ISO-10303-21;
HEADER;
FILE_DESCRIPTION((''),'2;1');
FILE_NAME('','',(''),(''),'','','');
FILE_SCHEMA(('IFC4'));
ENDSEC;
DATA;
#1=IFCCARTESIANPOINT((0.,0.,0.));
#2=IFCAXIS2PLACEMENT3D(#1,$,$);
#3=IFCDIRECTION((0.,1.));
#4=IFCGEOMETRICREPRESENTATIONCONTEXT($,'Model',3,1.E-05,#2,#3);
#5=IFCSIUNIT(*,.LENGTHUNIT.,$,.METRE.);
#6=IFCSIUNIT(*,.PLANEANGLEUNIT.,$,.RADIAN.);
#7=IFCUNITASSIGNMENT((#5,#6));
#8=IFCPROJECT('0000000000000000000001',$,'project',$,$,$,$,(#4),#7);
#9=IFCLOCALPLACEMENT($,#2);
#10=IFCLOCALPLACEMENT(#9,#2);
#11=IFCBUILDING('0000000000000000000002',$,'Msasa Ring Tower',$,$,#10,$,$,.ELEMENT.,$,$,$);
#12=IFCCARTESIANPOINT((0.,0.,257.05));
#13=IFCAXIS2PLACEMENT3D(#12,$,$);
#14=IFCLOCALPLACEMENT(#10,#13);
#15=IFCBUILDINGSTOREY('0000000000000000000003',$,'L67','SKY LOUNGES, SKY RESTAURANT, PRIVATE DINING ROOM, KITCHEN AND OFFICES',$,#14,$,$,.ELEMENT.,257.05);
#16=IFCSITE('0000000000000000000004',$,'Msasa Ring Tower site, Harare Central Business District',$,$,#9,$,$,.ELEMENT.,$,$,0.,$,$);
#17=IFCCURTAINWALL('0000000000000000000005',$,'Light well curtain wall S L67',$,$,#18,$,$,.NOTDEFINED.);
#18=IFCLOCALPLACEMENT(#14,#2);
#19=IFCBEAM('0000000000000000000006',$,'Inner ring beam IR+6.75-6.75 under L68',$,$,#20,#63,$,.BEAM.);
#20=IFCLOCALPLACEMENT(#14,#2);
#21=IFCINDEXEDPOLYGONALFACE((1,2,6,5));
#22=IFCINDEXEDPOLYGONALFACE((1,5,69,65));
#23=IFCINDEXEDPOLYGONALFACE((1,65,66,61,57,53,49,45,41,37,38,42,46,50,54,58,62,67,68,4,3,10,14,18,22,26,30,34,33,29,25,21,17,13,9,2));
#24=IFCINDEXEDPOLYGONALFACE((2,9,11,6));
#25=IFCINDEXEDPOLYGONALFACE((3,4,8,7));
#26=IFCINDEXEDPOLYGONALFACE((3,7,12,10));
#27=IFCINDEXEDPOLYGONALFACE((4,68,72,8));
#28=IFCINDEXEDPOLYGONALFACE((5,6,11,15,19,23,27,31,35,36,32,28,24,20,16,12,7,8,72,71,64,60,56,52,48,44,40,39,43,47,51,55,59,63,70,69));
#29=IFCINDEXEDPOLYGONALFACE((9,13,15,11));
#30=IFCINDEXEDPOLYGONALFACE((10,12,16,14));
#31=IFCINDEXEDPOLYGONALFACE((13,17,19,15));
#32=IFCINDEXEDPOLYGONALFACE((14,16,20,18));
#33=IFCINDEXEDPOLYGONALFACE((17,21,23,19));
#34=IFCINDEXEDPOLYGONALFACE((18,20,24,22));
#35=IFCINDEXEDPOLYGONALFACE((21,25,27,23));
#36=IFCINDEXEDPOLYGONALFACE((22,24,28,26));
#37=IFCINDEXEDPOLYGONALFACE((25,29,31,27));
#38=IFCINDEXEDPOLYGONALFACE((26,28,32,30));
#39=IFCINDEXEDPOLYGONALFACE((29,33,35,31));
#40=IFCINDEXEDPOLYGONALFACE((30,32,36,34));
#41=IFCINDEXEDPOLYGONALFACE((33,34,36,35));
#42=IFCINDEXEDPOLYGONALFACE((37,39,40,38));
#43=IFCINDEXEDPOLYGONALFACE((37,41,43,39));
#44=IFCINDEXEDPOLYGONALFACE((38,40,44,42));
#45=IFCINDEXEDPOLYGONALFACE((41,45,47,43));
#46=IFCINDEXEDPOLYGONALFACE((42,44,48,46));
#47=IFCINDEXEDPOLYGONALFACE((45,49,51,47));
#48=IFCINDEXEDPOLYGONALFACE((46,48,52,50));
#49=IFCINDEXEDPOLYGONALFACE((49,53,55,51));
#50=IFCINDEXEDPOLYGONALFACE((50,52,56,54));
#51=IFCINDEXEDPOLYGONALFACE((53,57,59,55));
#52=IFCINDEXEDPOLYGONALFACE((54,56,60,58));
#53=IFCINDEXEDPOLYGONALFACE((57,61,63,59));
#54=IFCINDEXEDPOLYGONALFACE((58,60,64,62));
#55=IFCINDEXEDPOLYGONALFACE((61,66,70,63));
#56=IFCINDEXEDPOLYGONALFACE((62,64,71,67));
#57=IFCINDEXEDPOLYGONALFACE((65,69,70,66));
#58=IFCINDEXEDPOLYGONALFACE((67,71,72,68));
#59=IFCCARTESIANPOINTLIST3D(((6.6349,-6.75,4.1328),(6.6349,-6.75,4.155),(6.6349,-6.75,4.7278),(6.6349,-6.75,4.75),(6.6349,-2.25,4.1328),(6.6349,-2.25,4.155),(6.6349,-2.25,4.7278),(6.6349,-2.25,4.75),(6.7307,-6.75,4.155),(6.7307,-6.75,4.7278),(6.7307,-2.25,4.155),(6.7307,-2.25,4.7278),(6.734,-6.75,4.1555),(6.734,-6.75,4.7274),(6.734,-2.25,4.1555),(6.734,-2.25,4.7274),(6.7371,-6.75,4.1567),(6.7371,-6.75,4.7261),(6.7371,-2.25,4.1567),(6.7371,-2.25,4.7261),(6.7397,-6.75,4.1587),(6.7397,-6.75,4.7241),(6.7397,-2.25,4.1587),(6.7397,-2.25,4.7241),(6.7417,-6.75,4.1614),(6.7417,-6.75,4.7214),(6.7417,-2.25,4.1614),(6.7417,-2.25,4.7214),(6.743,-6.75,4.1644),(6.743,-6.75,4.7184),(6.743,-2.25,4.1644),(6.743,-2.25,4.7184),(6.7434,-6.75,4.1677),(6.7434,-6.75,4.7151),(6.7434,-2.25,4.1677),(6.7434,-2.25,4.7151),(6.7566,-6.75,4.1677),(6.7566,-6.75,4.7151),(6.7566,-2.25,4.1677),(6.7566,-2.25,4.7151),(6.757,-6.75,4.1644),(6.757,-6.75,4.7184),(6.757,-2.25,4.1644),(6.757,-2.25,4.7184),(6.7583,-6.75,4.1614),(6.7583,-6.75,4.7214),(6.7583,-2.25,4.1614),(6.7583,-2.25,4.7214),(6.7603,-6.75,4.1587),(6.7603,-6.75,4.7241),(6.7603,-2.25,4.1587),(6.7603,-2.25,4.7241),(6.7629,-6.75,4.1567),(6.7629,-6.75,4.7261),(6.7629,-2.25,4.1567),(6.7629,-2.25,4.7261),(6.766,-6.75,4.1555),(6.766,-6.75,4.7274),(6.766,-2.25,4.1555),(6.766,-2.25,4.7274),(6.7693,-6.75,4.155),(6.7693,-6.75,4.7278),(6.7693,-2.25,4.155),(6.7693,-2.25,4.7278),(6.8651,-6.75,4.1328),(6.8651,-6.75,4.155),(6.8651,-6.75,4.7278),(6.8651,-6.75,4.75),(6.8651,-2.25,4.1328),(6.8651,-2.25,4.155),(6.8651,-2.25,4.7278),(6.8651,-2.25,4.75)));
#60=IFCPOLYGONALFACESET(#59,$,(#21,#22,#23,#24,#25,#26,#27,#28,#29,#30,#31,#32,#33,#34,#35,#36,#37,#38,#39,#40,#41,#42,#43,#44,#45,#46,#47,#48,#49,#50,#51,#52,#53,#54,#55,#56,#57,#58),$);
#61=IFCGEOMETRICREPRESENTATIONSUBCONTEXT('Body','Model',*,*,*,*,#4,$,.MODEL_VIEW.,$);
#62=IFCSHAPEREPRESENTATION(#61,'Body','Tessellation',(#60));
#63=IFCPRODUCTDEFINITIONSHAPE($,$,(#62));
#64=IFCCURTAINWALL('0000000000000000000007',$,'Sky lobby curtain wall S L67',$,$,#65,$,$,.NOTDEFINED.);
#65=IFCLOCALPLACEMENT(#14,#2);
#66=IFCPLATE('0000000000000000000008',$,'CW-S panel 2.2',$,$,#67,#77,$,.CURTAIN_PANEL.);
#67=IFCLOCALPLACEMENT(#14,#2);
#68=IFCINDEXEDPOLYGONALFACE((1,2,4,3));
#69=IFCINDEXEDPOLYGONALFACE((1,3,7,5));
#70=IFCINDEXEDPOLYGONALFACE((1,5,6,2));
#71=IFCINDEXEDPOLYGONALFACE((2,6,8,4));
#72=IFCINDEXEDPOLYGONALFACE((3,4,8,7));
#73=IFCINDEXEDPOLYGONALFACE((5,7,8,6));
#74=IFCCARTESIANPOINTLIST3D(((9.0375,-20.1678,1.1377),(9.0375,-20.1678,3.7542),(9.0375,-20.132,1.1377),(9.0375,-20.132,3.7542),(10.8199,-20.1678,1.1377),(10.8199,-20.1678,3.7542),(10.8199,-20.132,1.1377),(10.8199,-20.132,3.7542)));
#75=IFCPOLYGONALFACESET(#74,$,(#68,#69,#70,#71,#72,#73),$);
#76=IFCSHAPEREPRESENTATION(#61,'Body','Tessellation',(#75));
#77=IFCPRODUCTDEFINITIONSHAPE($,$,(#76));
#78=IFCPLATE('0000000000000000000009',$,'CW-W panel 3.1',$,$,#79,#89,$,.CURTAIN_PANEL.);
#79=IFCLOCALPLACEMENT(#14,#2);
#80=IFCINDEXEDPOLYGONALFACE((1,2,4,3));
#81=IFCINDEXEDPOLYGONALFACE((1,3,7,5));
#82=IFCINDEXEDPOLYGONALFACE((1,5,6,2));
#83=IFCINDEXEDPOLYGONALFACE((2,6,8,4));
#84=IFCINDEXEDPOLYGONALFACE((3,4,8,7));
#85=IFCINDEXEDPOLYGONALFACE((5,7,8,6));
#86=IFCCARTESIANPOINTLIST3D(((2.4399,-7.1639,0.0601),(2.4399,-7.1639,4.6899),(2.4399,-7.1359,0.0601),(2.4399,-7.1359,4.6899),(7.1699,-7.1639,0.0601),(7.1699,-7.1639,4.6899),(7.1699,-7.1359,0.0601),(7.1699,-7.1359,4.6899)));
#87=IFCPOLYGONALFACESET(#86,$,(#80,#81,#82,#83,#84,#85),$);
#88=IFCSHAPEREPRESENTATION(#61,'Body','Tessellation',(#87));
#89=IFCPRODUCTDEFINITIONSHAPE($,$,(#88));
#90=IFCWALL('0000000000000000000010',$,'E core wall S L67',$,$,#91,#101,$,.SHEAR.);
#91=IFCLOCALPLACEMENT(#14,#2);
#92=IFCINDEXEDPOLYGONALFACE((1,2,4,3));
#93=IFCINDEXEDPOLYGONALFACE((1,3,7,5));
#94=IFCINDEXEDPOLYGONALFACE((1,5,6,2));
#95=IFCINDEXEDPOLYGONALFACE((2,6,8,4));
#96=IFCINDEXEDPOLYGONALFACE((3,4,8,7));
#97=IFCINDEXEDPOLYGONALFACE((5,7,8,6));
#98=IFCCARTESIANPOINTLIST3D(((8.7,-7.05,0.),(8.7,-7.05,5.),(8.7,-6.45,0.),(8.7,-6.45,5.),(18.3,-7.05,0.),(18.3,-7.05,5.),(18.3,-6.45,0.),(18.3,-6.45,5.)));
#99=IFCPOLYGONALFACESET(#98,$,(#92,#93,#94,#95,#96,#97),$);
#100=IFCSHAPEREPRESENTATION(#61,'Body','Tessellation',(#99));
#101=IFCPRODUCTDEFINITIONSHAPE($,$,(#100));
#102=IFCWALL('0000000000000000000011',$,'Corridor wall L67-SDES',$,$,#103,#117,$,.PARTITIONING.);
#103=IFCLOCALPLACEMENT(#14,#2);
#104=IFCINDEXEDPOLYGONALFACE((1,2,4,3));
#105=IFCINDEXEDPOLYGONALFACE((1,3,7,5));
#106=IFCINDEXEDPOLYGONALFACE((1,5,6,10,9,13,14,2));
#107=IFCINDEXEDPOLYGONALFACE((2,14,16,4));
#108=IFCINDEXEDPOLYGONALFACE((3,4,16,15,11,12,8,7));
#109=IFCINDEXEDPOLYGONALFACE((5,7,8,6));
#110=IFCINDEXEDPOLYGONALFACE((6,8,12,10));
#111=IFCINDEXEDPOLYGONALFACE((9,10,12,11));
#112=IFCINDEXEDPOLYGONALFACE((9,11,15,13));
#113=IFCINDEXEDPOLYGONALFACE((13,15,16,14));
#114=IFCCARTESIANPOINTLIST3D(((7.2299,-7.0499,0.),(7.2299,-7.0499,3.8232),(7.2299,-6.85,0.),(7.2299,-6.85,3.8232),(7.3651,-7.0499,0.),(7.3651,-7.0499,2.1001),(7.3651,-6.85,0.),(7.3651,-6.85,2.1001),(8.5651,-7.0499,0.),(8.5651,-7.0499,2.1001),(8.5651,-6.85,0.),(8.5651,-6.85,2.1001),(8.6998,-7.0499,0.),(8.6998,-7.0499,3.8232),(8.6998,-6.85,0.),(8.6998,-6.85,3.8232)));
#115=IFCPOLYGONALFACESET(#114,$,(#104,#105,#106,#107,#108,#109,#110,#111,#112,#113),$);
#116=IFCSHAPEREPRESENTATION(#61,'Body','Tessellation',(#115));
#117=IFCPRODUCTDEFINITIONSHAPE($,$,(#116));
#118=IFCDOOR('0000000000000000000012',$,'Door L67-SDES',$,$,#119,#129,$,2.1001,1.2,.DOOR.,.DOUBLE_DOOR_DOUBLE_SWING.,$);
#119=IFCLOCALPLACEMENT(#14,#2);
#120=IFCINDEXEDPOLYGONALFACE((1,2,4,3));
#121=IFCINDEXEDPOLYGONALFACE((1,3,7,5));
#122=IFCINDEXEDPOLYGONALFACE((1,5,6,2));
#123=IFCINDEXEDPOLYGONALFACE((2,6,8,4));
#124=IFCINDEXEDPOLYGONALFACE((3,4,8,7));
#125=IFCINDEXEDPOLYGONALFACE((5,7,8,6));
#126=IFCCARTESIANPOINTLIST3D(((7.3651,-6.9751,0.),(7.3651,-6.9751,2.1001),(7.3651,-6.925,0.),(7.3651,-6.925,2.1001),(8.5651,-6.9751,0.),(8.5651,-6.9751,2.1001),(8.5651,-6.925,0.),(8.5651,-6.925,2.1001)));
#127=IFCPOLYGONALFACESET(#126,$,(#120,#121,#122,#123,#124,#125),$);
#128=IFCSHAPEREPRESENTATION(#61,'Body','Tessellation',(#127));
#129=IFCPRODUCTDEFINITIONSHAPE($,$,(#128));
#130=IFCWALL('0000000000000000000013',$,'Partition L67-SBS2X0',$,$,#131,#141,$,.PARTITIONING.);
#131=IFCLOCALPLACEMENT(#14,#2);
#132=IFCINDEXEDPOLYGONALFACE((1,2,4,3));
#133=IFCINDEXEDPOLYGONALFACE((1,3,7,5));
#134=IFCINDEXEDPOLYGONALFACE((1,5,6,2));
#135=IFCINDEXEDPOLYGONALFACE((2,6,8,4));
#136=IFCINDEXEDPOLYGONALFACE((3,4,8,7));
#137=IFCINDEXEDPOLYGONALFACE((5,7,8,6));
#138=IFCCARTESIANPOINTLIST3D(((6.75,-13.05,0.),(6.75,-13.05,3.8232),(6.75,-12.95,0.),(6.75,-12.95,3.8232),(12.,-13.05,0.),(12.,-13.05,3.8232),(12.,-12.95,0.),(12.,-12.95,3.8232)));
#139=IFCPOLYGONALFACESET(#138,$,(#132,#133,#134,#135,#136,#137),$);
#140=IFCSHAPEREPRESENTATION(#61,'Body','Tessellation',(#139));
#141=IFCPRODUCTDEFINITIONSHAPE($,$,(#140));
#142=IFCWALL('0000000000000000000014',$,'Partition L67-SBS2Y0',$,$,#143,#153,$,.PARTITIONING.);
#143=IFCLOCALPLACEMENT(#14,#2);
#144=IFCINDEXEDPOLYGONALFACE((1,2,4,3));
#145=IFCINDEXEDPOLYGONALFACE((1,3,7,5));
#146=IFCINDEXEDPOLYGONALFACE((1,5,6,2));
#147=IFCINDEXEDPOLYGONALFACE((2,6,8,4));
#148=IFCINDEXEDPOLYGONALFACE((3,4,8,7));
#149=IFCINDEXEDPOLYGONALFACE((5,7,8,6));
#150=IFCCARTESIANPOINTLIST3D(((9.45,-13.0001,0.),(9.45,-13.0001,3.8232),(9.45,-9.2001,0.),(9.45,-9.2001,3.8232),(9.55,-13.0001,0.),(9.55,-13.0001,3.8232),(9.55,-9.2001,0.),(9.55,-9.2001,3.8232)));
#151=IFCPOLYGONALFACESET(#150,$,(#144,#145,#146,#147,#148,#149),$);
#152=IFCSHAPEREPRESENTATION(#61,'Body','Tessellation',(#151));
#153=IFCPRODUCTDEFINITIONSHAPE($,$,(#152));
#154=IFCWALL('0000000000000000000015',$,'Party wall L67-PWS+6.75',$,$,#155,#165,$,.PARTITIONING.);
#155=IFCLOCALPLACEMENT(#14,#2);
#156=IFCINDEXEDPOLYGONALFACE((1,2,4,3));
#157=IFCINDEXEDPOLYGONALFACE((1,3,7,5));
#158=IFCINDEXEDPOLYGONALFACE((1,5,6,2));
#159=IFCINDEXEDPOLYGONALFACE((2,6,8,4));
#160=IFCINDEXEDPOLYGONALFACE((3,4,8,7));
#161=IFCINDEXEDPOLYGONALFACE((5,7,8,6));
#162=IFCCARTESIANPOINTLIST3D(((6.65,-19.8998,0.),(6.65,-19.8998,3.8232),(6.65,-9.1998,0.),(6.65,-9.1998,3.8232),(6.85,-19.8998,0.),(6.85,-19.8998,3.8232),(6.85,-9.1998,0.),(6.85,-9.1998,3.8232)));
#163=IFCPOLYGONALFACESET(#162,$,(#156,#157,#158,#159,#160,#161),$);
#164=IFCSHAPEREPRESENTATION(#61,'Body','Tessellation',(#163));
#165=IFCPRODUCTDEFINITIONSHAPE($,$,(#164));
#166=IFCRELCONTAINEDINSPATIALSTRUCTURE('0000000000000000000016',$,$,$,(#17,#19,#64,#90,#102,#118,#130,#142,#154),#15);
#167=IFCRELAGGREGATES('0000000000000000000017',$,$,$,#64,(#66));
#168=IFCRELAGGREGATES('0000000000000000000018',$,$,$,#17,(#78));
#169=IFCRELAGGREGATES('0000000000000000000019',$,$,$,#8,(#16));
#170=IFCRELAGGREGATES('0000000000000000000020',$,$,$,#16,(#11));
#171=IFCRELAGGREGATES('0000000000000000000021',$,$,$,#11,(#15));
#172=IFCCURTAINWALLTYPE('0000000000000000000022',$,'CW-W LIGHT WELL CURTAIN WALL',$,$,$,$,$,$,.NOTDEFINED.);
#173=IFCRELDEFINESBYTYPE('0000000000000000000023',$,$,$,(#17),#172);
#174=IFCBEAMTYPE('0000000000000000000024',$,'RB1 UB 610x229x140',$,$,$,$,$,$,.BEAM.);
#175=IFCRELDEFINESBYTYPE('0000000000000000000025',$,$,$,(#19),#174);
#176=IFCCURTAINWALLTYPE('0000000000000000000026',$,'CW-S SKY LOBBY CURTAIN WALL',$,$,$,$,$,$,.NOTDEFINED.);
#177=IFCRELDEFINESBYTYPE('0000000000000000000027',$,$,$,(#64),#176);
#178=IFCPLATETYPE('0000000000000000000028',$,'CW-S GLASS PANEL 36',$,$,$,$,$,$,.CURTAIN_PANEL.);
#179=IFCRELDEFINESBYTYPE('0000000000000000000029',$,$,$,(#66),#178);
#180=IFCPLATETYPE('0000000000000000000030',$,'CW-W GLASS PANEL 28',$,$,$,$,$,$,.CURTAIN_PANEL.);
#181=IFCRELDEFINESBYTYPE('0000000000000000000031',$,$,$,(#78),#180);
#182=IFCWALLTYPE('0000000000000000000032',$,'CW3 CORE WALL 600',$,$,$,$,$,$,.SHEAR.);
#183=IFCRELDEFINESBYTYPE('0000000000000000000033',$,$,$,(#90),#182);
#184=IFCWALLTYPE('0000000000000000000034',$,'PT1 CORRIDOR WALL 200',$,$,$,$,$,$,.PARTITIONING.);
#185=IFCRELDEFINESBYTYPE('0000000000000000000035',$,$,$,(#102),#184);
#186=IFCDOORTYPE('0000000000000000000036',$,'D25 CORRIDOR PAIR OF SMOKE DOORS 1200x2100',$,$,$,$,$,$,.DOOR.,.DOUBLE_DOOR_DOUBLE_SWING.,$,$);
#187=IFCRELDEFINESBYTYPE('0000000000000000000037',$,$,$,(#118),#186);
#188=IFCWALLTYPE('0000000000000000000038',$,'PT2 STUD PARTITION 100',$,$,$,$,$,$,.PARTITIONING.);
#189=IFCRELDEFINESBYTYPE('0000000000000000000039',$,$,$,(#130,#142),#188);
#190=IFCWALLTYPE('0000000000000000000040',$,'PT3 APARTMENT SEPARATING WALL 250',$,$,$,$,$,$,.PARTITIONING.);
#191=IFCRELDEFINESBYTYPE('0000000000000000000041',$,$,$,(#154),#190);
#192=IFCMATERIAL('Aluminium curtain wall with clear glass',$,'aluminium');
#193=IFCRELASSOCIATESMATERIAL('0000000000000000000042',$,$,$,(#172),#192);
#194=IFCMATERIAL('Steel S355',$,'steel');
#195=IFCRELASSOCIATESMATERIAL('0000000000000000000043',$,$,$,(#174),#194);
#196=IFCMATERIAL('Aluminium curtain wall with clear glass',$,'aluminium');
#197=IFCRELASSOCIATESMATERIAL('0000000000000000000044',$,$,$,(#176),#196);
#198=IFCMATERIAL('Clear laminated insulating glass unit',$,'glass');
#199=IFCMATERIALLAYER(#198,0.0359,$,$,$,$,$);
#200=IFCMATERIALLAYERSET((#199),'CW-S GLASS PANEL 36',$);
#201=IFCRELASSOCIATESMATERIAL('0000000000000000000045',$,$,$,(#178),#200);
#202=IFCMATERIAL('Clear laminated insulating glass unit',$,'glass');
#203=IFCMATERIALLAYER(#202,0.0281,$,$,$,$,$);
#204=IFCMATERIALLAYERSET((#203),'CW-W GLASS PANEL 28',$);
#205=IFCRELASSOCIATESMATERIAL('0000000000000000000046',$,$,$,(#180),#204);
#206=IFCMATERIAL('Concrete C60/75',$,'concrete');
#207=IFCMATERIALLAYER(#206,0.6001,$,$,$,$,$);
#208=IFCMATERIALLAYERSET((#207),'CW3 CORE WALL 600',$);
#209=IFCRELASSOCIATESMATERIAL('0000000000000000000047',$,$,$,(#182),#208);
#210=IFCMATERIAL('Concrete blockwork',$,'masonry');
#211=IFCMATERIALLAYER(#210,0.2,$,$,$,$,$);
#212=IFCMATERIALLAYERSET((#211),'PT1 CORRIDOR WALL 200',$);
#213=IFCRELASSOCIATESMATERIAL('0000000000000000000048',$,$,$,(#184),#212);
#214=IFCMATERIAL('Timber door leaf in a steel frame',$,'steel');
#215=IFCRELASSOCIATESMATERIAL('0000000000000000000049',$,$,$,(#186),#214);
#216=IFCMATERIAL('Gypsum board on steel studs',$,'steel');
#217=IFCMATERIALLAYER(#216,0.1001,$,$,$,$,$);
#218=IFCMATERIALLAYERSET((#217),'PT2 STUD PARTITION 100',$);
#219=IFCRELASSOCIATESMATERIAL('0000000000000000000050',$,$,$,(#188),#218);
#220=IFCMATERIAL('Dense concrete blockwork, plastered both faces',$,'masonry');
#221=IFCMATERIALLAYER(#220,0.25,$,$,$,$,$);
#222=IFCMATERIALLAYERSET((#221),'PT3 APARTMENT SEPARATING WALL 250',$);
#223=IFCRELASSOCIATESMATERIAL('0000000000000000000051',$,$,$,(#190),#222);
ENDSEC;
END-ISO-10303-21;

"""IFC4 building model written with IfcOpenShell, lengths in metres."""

from ifc_helpers import new_model, si_unit, direction, frame, frame_2d, origin, origin_2d, place, context, subcontext, project, spatial, rectangle, i_section, extrude, material, layer, layer_set, material_profile, profile_set, type_object, element, fill, aggregate, save


model = new_model("IFC4")

# Units and contexts
model_context = context("Model", 3, precision=1e-05, world=origin(), true_north=direction((0.0, 1.0)))
body_context = subcontext(model_context, "Body", "Model", "MODEL_VIEW")
ifc_project = project(units=[si_unit("LENGTHUNIT", "METRE"), si_unit("PLANEANGLEUNIT", "RADIAN")], contexts=[model_context])

# Site, building, storey
site_placement = place(None, origin())
site = spatial("IfcSite", under=ifc_project, at=site_placement, Name="Msasa Ring Tower site, Harare Central Business District", CompositionType="ELEMENT", RefElevation=0.0)
building_placement = place(site_placement, origin())
building = spatial("IfcBuilding", under=site, at=building_placement, Name="Msasa Ring Tower", CompositionType="ELEMENT")
storey_placement = place(building_placement, frame((0.0, 0.0, 257.05)))
storey = spatial("IfcBuildingStorey", under=building, at=storey_placement, Name="L67", Description="SKY LOUNGES, SKY RESTAURANT, PRIVATE DINING ROOM, KITCHEN AND OFFICES", CompositionType="ELEMENT", Elevation=257.05)

# Curtain wall
ifc_material_1 = material(Name="Aluminium curtain wall with clear glass", Category="aluminium")
curtain_wall_type_1 = type_object("IfcCurtainWallType", Name="CW-W LIGHT WELL CURTAIN WALL", PredefinedType="NOTDEFINED", material=ifc_material_1)
curtain_wall_1_placement = place(storey_placement, origin())
curtain_wall_1 = element("IfcCurtainWall", 1, at=curtain_wall_1_placement, inside=storey, type_object=curtain_wall_type_1, Name="Light well curtain wall S L67", PredefinedType="NOTDEFINED")

# Beam
ifc_material_2 = material(Name="Steel S355", Category="steel")
ifc_material_profile_1 = material_profile(ifc_material_2, i_section(OverallWidth=0.2302, OverallDepth=0.6172, WebThickness=0.0132, FlangeThickness=0.0222, FilletRadius=0.0127, at=origin_2d()), Name="UB 610x229x140")
ifc_profile_set_1 = profile_set([ifc_material_profile_1], Name="Steel S355")
beam_type = type_object("IfcBeamType", Name="RB1 UB 610x229x140", PredefinedType="BEAM", material=ifc_profile_set_1)
for number, where, z_axis, x_axis, name in (
    (2, (6.75, -6.75, 4.4414), (0.0, 1.0, 0.0), (-1.0, 0.0, 0.0), "Inner ring beam IR+6.75-6.75 under L68"),
):
    element("IfcBeam", number, at=place(storey_placement, frame(where, z_axis=z_axis, x_axis=x_axis)), inside=storey, type_object=beam_type, Name=name, PredefinedType="BEAM", context=body_context, shape_type="SweptSolid", body=[
        extrude(i_section(OverallWidth=0.2302, OverallDepth=0.6172, WebThickness=0.0132, FlangeThickness=0.0222, FilletRadius=0.0127, at=origin_2d()), origin(), (0.0, 0.0, 1.0), 4.5),
    ])

# Curtain wall, plate
ifc_material_3 = material(Name="Aluminium curtain wall with clear glass", Category="aluminium")
curtain_wall_type_2 = type_object("IfcCurtainWallType", Name="CW-S SKY LOBBY CURTAIN WALL", PredefinedType="NOTDEFINED", material=ifc_material_3)
curtain_wall_2_placement = place(storey_placement, origin())
curtain_wall_2 = element("IfcCurtainWall", 3, at=curtain_wall_2_placement, inside=storey, type_object=curtain_wall_type_2, Name="Sky lobby curtain wall S L67", PredefinedType="NOTDEFINED")
ifc_material_4 = material(Name="Clear laminated insulating glass unit", Category="glass")
ifc_layer_1 = layer(ifc_material_4, 0.0359)
ifc_layer_set_1 = layer_set([ifc_layer_1], Name="CW-S GLASS PANEL 36")
plate_type_1 = type_object("IfcPlateType", Name="CW-S GLASS PANEL 36", PredefinedType="CURTAIN_PANEL", material=ifc_layer_set_1)
plate_1_placement = place(storey_placement, frame((9.9287, -20.1499, 1.1377), z_axis=(0.0, 0.0, 1.0), x_axis=(1.0, 0.0, 0.0)))
plate_1 = element("IfcPlate", 4, at=plate_1_placement, type_object=plate_type_1, Name="CW-S panel 2.2", PredefinedType="CURTAIN_PANEL", context=body_context, shape_type="SweptSolid", body=[
    extrude(rectangle(XDim=1.7825, YDim=0.0359, at=origin_2d()), origin(), (0.0, 0.0, 1.0), 2.6165),
])
aggregate(curtain_wall_2, [plate_1])

# Plate
ifc_material_5 = material(Name="Clear laminated insulating glass unit", Category="glass")
ifc_layer_2 = layer(ifc_material_5, 0.0281)
ifc_layer_set_2 = layer_set([ifc_layer_2], Name="CW-W GLASS PANEL 28")
plate_type_2 = type_object("IfcPlateType", Name="CW-W GLASS PANEL 28", PredefinedType="CURTAIN_PANEL", material=ifc_layer_set_2)
plate_2_placement = place(storey_placement, frame((4.8049, -7.1499, 0.0601), z_axis=(0.0, 0.0, 1.0), x_axis=(1.0, 0.0, 0.0)))
plate_2 = element("IfcPlate", 5, at=plate_2_placement, type_object=plate_type_2, Name="CW-W panel 3.1", PredefinedType="CURTAIN_PANEL", context=body_context, shape_type="SweptSolid", body=[
    extrude(rectangle(XDim=4.73, YDim=0.0281, at=origin_2d()), origin(), (0.0, 0.0, 1.0), 4.6299),
])
aggregate(curtain_wall_1, [plate_2])

# Wall
ifc_material_6 = material(Name="Concrete C60/75", Category="concrete")
ifc_layer_3 = layer(ifc_material_6, 0.6001)
ifc_layer_set_3 = layer_set([ifc_layer_3], Name="CW3 CORE WALL 600")
wall_type_1 = type_object("IfcWallType", Name="CW3 CORE WALL 600", PredefinedType="SHEAR", material=ifc_layer_set_3)
wall_1_placement = place(storey_placement, frame((8.7, -6.75, 0.0), z_axis=(0.0, 0.0, 1.0), x_axis=(1.0, 0.0, 0.0)))
element("IfcWall", 6, at=wall_1_placement, inside=storey, type_object=wall_type_1, Name="E core wall S L67", PredefinedType="SHEAR", context=body_context, shape_type="SweptSolid", body=[
    extrude(rectangle(XDim=9.6001, YDim=0.6001, at=frame_2d((4.8, 0.0))), origin(), (0.0, 0.0, 1.0), 5.0),
])

# Wall, opening, door
ifc_material_7 = material(Name="Concrete blockwork", Category="masonry")
ifc_layer_4 = layer(ifc_material_7, 0.2)
ifc_layer_set_4 = layer_set([ifc_layer_4], Name="PT1 CORRIDOR WALL 200")
wall_type_2 = type_object("IfcWallType", Name="PT1 CORRIDOR WALL 200", PredefinedType="PARTITIONING", material=ifc_layer_set_4)
wall_2_placement = place(storey_placement, frame((7.23, -6.95, 0.0), z_axis=(0.0, 0.0, 1.0), x_axis=(1.0, 0.0, 0.0)))
wall_2 = element("IfcWall", 7, at=wall_2_placement, inside=storey, type_object=wall_type_2, Name="Corridor wall L67-SDES", PredefinedType="PARTITIONING", context=body_context, shape_type="SweptSolid", body=[
    extrude(rectangle(XDim=1.47, YDim=0.2, at=frame_2d((0.7349, 0.0))), origin(), (0.0, 0.0, 1.0), 3.8232),
])
opening_placement = place(wall_2_placement, frame((0.135, 0.0, 0.0)))
opening = element("IfcOpeningElement", 8, at=opening_placement, cuts=wall_2, PredefinedType="OPENING", context=body_context, shape_type="SweptSolid", body=[
    extrude(rectangle(XDim=1.2, YDim=2.1001, at=frame_2d((0.6001, 1.05))), frame((0.0, 0.1099, 0.0), z_axis=(0.0, -1.0, 0.0), x_axis=(1.0, 0.0, 0.0)), (0.0, 0.0, 1.0), 0.22),
])
ifc_material_8 = material(Name="Timber door leaf in a steel frame", Category="steel")
door_type = type_object("IfcDoorType", Name="D25 CORRIDOR PAIR OF SMOKE DOORS 1200x2100", OperationType="DOUBLE_DOOR_DOUBLE_SWING", PredefinedType="DOOR", material=ifc_material_8)
door_placement = place(opening_placement, origin())
door = element("IfcDoor", 9, at=door_placement, inside=storey, type_object=door_type, Name="Door L67-SDES", OperationType="DOUBLE_DOOR_DOUBLE_SWING", OverallHeight=2.1001, OverallWidth=1.2, PredefinedType="DOOR", context=body_context, shape_type="SweptSolid", body=[
    extrude(rectangle(XDim=1.2, YDim=2.1001, at=frame_2d((0.6001, 1.05))), frame((0.0, 0.0249, 0.0), z_axis=(0.0, -1.0, 0.0), x_axis=(1.0, 0.0, 0.0)), (0.0, 0.0, 1.0), 0.05),
])
fill(opening, door)

# Walls
ifc_material_9 = material(Name="Gypsum board on steel studs", Category="steel")
ifc_layer_5 = layer(ifc_material_9, 0.1001)
ifc_layer_set_5 = layer_set([ifc_layer_5], Name="PT2 STUD PARTITION 100")
wall_type_3 = type_object("IfcWallType", Name="PT2 STUD PARTITION 100", PredefinedType="PARTITIONING", material=ifc_layer_set_5)
wall_3_placement = place(storey_placement, frame((6.75, -13.0, 0.0), z_axis=(0.0, 0.0, 1.0), x_axis=(1.0, 0.0, 0.0)))
element("IfcWall", 10, at=wall_3_placement, inside=storey, type_object=wall_type_3, Name="Partition L67-SBS2X0", PredefinedType="PARTITIONING", context=body_context, shape_type="SweptSolid", body=[
    extrude(rectangle(XDim=5.25, YDim=0.1001, at=frame_2d((2.625, 0.0))), origin(), (0.0, 0.0, 1.0), 3.8232),
])
wall_4_placement = place(storey_placement, frame((9.5, -13.0, 0.0), z_axis=(0.0, 0.0, 1.0), x_axis=(0.0, 1.0, 0.0)))
element("IfcWall", 11, at=wall_4_placement, inside=storey, type_object=wall_type_3, Name="Partition L67-SBS2Y0", PredefinedType="PARTITIONING", context=body_context, shape_type="SweptSolid", body=[
    extrude(rectangle(XDim=3.8, YDim=0.1001, at=frame_2d((1.8999, 0.0))), origin(), (0.0, 0.0, 1.0), 3.8232),
])
ifc_material_10 = material(Name="Dense concrete blockwork, plastered both faces", Category="masonry")
ifc_layer_6 = layer(ifc_material_10, 0.25)
ifc_layer_set_6 = layer_set([ifc_layer_6], Name="PT3 APARTMENT SEPARATING WALL 250")
wall_type_4 = type_object("IfcWallType", Name="PT3 APARTMENT SEPARATING WALL 250", PredefinedType="PARTITIONING", material=ifc_layer_set_6)
wall_5_placement = place(storey_placement, frame((6.75, -19.8999, 0.0), z_axis=(0.0, 0.0, 1.0), x_axis=(0.0, 1.0, 0.0)))
element("IfcWall", 12, at=wall_5_placement, inside=storey, type_object=wall_type_4, Name="Party wall L67-PWS+6.75", PredefinedType="PARTITIONING", context=body_context, shape_type="SweptSolid", body=[
    extrude(rectangle(XDim=10.7, YDim=0.2, at=frame_2d((5.3501, 0.0))), origin(), (0.0, 0.0, 1.0), 3.8232),
])

save(model, "model.ifc")
